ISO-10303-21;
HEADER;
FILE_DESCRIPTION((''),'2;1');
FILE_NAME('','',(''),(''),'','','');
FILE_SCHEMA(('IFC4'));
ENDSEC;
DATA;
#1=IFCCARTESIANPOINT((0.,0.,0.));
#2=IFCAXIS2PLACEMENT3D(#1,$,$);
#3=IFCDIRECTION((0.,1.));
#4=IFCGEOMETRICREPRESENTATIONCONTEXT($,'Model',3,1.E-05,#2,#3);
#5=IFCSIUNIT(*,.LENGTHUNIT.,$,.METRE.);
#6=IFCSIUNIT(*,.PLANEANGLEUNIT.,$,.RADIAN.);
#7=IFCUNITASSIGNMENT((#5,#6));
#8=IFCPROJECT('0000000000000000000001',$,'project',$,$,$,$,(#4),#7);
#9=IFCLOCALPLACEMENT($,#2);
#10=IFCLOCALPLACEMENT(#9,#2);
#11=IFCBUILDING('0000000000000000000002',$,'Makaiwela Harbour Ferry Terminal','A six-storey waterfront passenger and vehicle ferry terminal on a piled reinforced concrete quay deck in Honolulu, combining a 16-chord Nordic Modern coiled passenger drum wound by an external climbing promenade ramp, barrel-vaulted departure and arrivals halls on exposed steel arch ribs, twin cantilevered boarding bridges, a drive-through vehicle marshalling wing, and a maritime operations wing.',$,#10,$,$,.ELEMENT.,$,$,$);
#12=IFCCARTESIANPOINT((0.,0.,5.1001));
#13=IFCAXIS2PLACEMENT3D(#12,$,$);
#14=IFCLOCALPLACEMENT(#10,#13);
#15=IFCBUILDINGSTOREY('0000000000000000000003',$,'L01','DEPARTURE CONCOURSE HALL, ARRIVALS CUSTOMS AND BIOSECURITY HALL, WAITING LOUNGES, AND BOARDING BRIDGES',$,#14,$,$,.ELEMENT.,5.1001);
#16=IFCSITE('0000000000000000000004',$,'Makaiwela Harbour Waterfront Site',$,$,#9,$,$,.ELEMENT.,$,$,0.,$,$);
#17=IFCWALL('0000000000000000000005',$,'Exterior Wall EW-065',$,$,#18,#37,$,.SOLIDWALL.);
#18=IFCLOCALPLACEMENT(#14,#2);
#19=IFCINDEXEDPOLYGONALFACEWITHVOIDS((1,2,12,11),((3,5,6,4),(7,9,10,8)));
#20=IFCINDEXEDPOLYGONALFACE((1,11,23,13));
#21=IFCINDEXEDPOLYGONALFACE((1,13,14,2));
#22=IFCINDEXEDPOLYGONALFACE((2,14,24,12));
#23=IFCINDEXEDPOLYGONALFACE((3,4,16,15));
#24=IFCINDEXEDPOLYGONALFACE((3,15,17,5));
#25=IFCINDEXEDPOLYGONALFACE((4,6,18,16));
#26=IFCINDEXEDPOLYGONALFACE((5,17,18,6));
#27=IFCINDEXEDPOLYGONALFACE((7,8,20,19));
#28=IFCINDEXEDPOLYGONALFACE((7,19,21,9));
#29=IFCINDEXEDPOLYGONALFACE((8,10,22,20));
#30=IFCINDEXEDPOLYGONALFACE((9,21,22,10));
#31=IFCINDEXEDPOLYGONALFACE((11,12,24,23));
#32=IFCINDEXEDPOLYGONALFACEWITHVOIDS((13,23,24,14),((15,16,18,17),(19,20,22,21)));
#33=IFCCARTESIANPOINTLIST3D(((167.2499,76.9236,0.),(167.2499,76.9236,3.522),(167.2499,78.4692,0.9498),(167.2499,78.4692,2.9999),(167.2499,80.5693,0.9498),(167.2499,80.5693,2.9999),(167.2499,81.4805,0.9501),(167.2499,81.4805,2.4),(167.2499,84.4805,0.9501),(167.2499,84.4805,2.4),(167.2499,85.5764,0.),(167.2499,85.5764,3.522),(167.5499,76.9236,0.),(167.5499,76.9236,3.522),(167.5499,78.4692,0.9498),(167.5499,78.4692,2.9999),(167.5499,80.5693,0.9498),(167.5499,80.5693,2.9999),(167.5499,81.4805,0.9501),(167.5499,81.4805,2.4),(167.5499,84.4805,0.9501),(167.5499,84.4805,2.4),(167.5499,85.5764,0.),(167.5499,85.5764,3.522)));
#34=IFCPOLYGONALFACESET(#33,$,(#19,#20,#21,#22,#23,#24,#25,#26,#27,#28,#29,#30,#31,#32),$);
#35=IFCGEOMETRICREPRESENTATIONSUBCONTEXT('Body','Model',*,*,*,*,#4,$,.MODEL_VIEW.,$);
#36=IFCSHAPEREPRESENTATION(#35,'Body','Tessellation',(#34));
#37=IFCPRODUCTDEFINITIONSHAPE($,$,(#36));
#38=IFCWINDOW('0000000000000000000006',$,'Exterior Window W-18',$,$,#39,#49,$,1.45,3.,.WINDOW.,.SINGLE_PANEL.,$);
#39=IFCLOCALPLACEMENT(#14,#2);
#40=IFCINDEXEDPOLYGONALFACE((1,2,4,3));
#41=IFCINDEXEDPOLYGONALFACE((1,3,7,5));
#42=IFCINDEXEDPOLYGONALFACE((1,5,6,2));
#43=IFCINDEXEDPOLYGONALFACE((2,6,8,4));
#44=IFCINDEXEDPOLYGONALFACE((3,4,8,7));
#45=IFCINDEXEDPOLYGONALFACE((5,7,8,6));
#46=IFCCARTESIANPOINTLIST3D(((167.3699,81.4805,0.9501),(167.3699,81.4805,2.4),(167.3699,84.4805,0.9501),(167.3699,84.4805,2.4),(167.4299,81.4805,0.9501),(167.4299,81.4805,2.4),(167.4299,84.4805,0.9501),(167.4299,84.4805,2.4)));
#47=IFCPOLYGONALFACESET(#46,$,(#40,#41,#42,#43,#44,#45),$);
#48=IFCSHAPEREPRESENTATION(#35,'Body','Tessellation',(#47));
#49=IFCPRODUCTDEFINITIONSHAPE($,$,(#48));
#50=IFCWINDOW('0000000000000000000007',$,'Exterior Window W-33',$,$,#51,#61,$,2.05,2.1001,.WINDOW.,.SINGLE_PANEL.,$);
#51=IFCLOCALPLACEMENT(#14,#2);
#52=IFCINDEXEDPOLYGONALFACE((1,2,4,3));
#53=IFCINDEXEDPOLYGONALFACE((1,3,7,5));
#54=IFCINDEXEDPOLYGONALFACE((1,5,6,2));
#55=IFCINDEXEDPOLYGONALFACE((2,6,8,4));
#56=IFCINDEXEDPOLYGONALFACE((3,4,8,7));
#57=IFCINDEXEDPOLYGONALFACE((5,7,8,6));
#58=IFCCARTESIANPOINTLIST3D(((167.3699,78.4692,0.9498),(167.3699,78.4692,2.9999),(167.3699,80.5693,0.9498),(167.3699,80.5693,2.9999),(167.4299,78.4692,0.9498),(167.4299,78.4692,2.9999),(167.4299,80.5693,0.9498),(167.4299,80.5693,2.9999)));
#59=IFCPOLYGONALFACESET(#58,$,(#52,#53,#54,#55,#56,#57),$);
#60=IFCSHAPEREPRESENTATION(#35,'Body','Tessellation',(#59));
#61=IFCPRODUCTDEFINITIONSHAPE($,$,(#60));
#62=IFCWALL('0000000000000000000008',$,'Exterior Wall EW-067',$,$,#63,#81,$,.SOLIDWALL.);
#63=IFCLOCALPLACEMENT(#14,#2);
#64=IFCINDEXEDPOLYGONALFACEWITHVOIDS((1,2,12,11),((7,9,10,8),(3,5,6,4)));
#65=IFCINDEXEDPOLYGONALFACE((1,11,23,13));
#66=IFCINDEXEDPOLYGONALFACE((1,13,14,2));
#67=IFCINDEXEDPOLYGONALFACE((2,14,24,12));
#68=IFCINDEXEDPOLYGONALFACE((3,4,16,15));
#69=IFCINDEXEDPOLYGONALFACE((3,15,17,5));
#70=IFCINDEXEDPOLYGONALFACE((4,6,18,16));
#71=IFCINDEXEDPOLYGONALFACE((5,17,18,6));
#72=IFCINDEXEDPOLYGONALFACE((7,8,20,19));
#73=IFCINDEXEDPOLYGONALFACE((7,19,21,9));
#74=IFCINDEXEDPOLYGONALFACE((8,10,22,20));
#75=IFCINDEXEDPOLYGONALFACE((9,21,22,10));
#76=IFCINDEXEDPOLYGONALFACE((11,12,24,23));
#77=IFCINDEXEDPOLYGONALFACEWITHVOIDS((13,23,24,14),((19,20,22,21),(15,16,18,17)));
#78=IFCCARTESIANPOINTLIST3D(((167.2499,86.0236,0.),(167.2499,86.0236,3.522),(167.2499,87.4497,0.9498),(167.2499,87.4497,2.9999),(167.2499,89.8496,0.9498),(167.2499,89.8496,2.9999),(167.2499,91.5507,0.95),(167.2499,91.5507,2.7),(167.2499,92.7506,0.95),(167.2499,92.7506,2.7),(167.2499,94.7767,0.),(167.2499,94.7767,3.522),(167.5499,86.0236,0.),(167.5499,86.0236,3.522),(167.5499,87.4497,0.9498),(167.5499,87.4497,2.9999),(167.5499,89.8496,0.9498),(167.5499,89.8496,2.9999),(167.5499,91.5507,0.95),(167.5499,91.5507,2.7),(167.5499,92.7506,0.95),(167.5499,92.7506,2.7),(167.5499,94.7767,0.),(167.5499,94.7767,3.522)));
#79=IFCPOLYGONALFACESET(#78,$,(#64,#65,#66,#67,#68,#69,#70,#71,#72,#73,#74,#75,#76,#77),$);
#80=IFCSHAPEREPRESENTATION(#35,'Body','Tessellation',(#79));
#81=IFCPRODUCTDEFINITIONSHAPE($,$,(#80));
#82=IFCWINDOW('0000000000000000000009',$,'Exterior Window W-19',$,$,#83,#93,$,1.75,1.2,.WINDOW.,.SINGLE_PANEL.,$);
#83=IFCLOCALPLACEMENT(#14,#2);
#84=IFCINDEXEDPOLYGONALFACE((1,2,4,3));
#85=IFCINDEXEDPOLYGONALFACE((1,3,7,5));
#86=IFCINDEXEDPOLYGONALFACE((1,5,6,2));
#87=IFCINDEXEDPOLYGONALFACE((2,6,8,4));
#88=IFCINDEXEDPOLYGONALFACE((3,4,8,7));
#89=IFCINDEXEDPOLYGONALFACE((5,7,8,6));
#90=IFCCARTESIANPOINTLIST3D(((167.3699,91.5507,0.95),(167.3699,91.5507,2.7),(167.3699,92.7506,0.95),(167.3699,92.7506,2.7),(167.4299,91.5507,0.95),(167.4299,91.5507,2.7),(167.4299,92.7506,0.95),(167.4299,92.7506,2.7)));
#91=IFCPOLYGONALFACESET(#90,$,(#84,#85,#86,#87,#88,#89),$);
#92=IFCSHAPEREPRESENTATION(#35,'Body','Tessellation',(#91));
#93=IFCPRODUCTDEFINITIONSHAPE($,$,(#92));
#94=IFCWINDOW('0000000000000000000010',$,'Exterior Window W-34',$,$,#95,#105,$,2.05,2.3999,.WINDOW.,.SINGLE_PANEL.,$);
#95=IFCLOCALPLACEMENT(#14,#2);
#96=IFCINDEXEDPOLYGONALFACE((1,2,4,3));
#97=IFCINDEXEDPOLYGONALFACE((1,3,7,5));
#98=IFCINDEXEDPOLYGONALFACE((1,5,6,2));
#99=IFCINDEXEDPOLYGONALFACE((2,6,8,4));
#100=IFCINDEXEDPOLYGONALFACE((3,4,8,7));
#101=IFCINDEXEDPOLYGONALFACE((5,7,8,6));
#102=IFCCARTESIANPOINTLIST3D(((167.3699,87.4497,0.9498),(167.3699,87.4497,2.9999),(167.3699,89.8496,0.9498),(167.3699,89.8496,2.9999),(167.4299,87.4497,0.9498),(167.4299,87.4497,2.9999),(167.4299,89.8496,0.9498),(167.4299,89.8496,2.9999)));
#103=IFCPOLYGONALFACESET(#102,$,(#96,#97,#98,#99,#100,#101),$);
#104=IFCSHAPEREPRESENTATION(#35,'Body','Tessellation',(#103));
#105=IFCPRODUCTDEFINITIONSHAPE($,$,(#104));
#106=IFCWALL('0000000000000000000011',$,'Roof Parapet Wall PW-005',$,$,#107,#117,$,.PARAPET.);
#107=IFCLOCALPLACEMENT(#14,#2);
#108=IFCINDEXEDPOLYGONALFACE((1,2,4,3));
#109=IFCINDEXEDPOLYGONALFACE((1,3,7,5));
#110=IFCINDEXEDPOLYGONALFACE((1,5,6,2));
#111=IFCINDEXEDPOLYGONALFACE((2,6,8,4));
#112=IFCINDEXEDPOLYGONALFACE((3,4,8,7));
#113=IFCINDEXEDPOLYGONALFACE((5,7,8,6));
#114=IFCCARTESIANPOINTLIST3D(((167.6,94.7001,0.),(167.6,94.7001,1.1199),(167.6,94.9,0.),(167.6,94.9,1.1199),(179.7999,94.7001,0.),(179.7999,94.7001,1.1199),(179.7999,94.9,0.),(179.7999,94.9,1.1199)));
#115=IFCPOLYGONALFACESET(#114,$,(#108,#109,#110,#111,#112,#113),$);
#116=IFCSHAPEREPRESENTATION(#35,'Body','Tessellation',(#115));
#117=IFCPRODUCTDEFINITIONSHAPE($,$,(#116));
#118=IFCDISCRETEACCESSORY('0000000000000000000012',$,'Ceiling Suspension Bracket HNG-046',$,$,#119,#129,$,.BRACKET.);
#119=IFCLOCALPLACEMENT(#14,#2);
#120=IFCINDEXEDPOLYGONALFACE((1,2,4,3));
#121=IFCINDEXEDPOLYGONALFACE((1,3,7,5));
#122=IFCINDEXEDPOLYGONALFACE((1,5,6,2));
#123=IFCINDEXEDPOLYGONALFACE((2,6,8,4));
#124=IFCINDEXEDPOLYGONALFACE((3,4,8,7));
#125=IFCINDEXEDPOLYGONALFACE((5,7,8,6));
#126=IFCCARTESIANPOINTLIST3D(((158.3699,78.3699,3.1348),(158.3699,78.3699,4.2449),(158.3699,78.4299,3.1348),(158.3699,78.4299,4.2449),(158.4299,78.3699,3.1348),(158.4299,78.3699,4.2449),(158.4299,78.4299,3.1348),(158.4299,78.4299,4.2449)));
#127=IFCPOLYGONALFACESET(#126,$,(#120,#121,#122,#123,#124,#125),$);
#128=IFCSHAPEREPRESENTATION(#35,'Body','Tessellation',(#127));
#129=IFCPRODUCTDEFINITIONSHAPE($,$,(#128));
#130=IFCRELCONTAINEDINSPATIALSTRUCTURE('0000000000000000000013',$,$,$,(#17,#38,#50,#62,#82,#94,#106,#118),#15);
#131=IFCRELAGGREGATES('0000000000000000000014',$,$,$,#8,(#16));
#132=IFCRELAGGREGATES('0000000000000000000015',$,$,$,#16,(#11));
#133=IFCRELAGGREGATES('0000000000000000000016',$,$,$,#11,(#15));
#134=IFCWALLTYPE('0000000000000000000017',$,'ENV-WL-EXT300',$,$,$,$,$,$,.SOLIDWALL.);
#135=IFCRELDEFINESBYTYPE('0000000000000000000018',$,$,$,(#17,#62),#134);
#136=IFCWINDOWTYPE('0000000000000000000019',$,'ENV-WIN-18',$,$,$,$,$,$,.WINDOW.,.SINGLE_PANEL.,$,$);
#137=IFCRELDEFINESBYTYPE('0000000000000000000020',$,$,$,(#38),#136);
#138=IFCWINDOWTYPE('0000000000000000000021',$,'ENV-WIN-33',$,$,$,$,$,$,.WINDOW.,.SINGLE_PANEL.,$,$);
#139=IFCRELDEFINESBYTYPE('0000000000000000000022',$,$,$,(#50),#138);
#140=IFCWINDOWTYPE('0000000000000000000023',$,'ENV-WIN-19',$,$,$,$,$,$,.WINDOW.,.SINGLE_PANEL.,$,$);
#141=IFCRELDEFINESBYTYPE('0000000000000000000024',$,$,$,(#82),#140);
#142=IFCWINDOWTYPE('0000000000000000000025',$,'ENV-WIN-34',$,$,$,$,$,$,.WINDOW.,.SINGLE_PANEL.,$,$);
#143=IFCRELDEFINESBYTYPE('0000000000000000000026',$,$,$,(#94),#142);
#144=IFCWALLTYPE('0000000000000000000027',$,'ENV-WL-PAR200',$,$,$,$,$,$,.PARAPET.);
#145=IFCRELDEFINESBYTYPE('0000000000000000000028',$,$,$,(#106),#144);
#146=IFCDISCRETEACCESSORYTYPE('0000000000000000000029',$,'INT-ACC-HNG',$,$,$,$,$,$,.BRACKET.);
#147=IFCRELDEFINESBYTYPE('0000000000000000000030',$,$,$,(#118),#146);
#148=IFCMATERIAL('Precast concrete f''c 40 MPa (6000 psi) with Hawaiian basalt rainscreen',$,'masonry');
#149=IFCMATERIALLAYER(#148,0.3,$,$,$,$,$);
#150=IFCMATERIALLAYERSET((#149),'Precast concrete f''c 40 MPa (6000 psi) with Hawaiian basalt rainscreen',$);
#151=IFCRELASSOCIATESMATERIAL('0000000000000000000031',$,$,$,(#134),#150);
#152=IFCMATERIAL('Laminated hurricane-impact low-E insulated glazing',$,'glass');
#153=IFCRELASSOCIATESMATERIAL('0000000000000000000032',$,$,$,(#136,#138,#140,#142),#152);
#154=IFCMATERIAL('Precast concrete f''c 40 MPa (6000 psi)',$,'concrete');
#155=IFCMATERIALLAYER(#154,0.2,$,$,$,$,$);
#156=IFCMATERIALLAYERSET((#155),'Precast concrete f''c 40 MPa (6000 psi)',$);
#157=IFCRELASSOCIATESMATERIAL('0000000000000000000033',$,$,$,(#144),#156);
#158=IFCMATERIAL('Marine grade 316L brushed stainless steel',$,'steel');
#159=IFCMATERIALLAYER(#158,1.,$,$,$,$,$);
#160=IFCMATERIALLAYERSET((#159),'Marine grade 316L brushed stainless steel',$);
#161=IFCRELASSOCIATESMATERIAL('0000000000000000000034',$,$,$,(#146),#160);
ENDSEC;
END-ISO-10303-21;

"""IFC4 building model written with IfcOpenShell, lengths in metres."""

from ifc_helpers import new_model, si_unit, direction, frame, frame_2d, origin, origin_2d, place, context, subcontext, project, spatial, rectangle, extrude, material, layer, layer_set, type_object, element, fill, save


model = new_model("IFC4")

# Units and contexts
model_context = context("Model", 3, precision=1e-05, world=origin(), true_north=direction((0.0, 1.0)))
body_context = subcontext(model_context, "Body", "Model", "MODEL_VIEW")
ifc_project = project(units=[si_unit("LENGTHUNIT", "METRE"), si_unit("PLANEANGLEUNIT", "RADIAN")], contexts=[model_context])

# Site, building, storey
site_placement = place(None, origin())
site = spatial("IfcSite", under=ifc_project, at=site_placement, Name="Makaiwela Harbour Waterfront Site", CompositionType="ELEMENT", RefElevation=0.0)
building_placement = place(site_placement, origin())
building = spatial("IfcBuilding", under=site, at=building_placement, Name="Makaiwela Harbour Ferry Terminal", Description="A six-storey waterfront passenger and vehicle ferry terminal on a piled reinforced concrete quay deck in Honolulu, combining a 16-chord Nordic Modern coiled passenger drum wound by an external climbing promenade ramp, barrel-vaulted departure and arrivals halls on exposed steel arch ribs, twin cantilevered boarding bridges, a drive-through vehicle marshalling wing, and a maritime operations wing.", CompositionType="ELEMENT")
storey_placement = place(building_placement, frame((0.0, 0.0, 5.1001)))
storey = spatial("IfcBuildingStorey", under=building, at=storey_placement, Name="L01", Description="DEPARTURE CONCOURSE HALL, ARRIVALS CUSTOMS AND BIOSECURITY HALL, WAITING LOUNGES, AND BOARDING BRIDGES", CompositionType="ELEMENT", Elevation=5.1001)

# Walls, openings, windows
ifc_material_1 = material(Name="Precast concrete f'c 40 MPa (6000 psi) with Hawaiian basalt rainscreen", Category="masonry")
ifc_layer_1 = layer(ifc_material_1, 0.3)
ifc_layer_set_1 = layer_set([ifc_layer_1], Name="Precast concrete f'c 40 MPa (6000 psi) with Hawaiian basalt rainscreen")
wall_type_1 = type_object("IfcWallType", Name="ENV-WL-EXT300", PredefinedType="SOLIDWALL", material=ifc_layer_set_1)
ifc_material_2 = material(Name="Laminated hurricane-impact low-E insulated glazing", Category="glass")
wall_1_placement = place(storey_placement, frame((167.3999, 85.5764, 0.0), z_axis=(0.0, 0.0, 1.0), x_axis=(0.0, -1.0, 0.0)))
wall_1 = element("IfcWall", 1, at=wall_1_placement, inside=storey, type_object=wall_type_1, Name="Exterior Wall EW-065", PredefinedType="SOLIDWALL", context=body_context, shape_type="SweptSolid", body=[
    extrude(rectangle(XDim=8.6528, YDim=0.3, at=frame_2d((4.3264, 0.0))), origin(), (0.0, 0.0, 1.0), 3.522),
])
opening_1_placement = place(wall_1_placement, frame((1.0959, 0.0, 0.95)))
opening_1 = element("IfcOpeningElement", 2, at=opening_1_placement, cuts=wall_1, PredefinedType="OPENING", context=body_context, shape_type="SweptSolid", body=[
    extrude(rectangle(XDim=3.0, YDim=1.45, at=frame_2d((1.5, 0.7251))), frame((0.0, 0.1599, 0.0), z_axis=(0.0, -1.0, 0.0), x_axis=(1.0, 0.0, 0.0)), (0.0, 0.0, 1.0), 0.3201),
])
opening_2_placement = place(wall_1_placement, frame((5.0071, 0.0, 0.95)))
opening_2 = element("IfcOpeningElement", 3, at=opening_2_placement, cuts=wall_1, PredefinedType="OPENING", context=body_context, shape_type="SweptSolid", body=[
    extrude(rectangle(XDim=2.1001, YDim=2.05, at=frame_2d((1.05, 1.0249))), frame((0.0, 0.1599, 0.0), z_axis=(0.0, -1.0, 0.0), x_axis=(1.0, 0.0, 0.0)), (0.0, 0.0, 1.0), 0.3201),
])
window_type_1 = type_object("IfcWindowType", Name="ENV-WIN-18", PartitioningType="SINGLE_PANEL", PredefinedType="WINDOW", material=ifc_material_2)
window_1_placement = place(opening_1_placement, origin())
window_1 = element("IfcWindow", 4, at=window_1_placement, inside=storey, type_object=window_type_1, Name="Exterior Window W-18", OverallHeight=1.45, OverallWidth=3.0, PartitioningType="SINGLE_PANEL", PredefinedType="WINDOW", context=body_context, shape_type="SweptSolid", body=[
    extrude(rectangle(XDim=3.0, YDim=1.45, at=frame_2d((1.5, 0.7251))), frame((0.0, 0.03, 0.0), z_axis=(0.0, -1.0, 0.0), x_axis=(1.0, 0.0, 0.0)), (0.0, 0.0, 1.0), 0.0601),
])
fill(opening_1, window_1)
window_type_2 = type_object("IfcWindowType", Name="ENV-WIN-33", PartitioningType="SINGLE_PANEL", PredefinedType="WINDOW", material=ifc_material_2)
window_2_placement = place(opening_2_placement, origin())
window_2 = element("IfcWindow", 5, at=window_2_placement, inside=storey, type_object=window_type_2, Name="Exterior Window W-33", OverallHeight=2.05, OverallWidth=2.1001, PartitioningType="SINGLE_PANEL", PredefinedType="WINDOW", context=body_context, shape_type="SweptSolid", body=[
    extrude(rectangle(XDim=2.1001, YDim=2.05, at=frame_2d((1.05, 1.0249))), frame((0.0, 0.03, 0.0), z_axis=(0.0, -1.0, 0.0), x_axis=(1.0, 0.0, 0.0)), (0.0, 0.0, 1.0), 0.0601),
])
fill(opening_2, window_2)
wall_2_placement = place(storey_placement, frame((167.3999, 94.7766, 0.0), z_axis=(0.0, 0.0, 1.0), x_axis=(0.0, -1.0, 0.0)))
wall_2 = element("IfcWall", 6, at=wall_2_placement, inside=storey, type_object=wall_type_1, Name="Exterior Wall EW-067", PredefinedType="SOLIDWALL", context=body_context, shape_type="SweptSolid", body=[
    extrude(rectangle(XDim=8.7532, YDim=0.3, at=frame_2d((4.3765, 0.0))), origin(), (0.0, 0.0, 1.0), 3.522),
])
opening_3_placement = place(wall_2_placement, frame((2.0259, 0.0, 0.95)))
opening_3 = element("IfcOpeningElement", 7, at=opening_3_placement, cuts=wall_2, PredefinedType="OPENING", context=body_context, shape_type="SweptSolid", body=[
    extrude(rectangle(XDim=1.2, YDim=1.75, at=frame_2d((0.6001, 0.875))), frame((0.0, 0.1599, 0.0), z_axis=(0.0, -1.0, 0.0), x_axis=(1.0, 0.0, 0.0)), (0.0, 0.0, 1.0), 0.3201),
])
opening_4_placement = place(wall_2_placement, frame((4.927, 0.0, 0.95)))
opening_4 = element("IfcOpeningElement", 8, at=opening_4_placement, cuts=wall_2, PredefinedType="OPENING", context=body_context, shape_type="SweptSolid", body=[
    extrude(rectangle(XDim=2.3999, YDim=2.05, at=frame_2d((1.2, 1.0249))), frame((0.0, 0.1599, 0.0), z_axis=(0.0, -1.0, 0.0), x_axis=(1.0, 0.0, 0.0)), (0.0, 0.0, 1.0), 0.3201),
])
window_type_3 = type_object("IfcWindowType", Name="ENV-WIN-19", PartitioningType="SINGLE_PANEL", PredefinedType="WINDOW", material=ifc_material_2)
window_3_placement = place(opening_3_placement, origin())
window_3 = element("IfcWindow", 9, at=window_3_placement, inside=storey, type_object=window_type_3, Name="Exterior Window W-19", OverallHeight=1.75, OverallWidth=1.2, PartitioningType="SINGLE_PANEL", PredefinedType="WINDOW", context=body_context, shape_type="SweptSolid", body=[
    extrude(rectangle(XDim=1.2, YDim=1.75, at=frame_2d((0.6001, 0.875))), frame((0.0, 0.03, 0.0), z_axis=(0.0, -1.0, 0.0), x_axis=(1.0, 0.0, 0.0)), (0.0, 0.0, 1.0), 0.0601),
])
fill(opening_3, window_3)
window_type_4 = type_object("IfcWindowType", Name="ENV-WIN-34", PartitioningType="SINGLE_PANEL", PredefinedType="WINDOW", material=ifc_material_2)
window_4_placement = place(opening_4_placement, origin())
window_4 = element("IfcWindow", 10, at=window_4_placement, inside=storey, type_object=window_type_4, Name="Exterior Window W-34", OverallHeight=2.05, OverallWidth=2.3999, PartitioningType="SINGLE_PANEL", PredefinedType="WINDOW", context=body_context, shape_type="SweptSolid", body=[
    extrude(rectangle(XDim=2.3999, YDim=2.05, at=frame_2d((1.2, 1.0249))), frame((0.0, 0.03, 0.0), z_axis=(0.0, -1.0, 0.0), x_axis=(1.0, 0.0, 0.0)), (0.0, 0.0, 1.0), 0.0601),
])
fill(opening_4, window_4)

# Wall
ifc_material_3 = material(Name="Precast concrete f'c 40 MPa (6000 psi)", Category="concrete")
ifc_layer_2 = layer(ifc_material_3, 0.2)
ifc_layer_set_2 = layer_set([ifc_layer_2], Name="Precast concrete f'c 40 MPa (6000 psi)")
wall_type_2 = type_object("IfcWallType", Name="ENV-WL-PAR200", PredefinedType="PARAPET", material=ifc_layer_set_2)
wall_3_placement = place(storey_placement, frame((179.8, 94.8, 0.0), z_axis=(0.0, 0.0, 1.0), x_axis=(-1.0, 0.0, 0.0)))
element("IfcWall", 11, at=wall_3_placement, inside=storey, type_object=wall_type_2, Name="Roof Parapet Wall PW-005", PredefinedType="PARAPET", context=body_context, shape_type="SweptSolid", body=[
    extrude(rectangle(XDim=12.2, YDim=0.2, at=frame_2d((6.1001, 0.0))), origin(), (0.0, 0.0, 1.0), 1.1199),
])

# Discrete accessory
ifc_material_4 = material(Name="Marine grade 316L brushed stainless steel", Category="steel")
ifc_layer_3 = layer(ifc_material_4, 1.0)
ifc_layer_set_3 = layer_set([ifc_layer_3], Name="Marine grade 316L brushed stainless steel")
discrete_accessory_type = type_object("IfcDiscreteAccessoryType", Name="INT-ACC-HNG", PredefinedType="BRACKET", material=ifc_layer_set_3)
discrete_accessory_placement = place(storey_placement, frame((158.3999, 78.3999, 3.1348), z_axis=(0.0, 0.0, 1.0), x_axis=(1.0, 0.0, 0.0)))
element("IfcDiscreteAccessory", 12, at=discrete_accessory_placement, inside=storey, type_object=discrete_accessory_type, Name="Ceiling Suspension Bracket HNG-046", PredefinedType="BRACKET", context=body_context, shape_type="SweptSolid", body=[
    extrude(rectangle(XDim=0.0601, YDim=0.0601, at=origin_2d()), origin(), (0.0, 0.0, 1.0), 1.1101),
])

save(model, "model.ifc")
